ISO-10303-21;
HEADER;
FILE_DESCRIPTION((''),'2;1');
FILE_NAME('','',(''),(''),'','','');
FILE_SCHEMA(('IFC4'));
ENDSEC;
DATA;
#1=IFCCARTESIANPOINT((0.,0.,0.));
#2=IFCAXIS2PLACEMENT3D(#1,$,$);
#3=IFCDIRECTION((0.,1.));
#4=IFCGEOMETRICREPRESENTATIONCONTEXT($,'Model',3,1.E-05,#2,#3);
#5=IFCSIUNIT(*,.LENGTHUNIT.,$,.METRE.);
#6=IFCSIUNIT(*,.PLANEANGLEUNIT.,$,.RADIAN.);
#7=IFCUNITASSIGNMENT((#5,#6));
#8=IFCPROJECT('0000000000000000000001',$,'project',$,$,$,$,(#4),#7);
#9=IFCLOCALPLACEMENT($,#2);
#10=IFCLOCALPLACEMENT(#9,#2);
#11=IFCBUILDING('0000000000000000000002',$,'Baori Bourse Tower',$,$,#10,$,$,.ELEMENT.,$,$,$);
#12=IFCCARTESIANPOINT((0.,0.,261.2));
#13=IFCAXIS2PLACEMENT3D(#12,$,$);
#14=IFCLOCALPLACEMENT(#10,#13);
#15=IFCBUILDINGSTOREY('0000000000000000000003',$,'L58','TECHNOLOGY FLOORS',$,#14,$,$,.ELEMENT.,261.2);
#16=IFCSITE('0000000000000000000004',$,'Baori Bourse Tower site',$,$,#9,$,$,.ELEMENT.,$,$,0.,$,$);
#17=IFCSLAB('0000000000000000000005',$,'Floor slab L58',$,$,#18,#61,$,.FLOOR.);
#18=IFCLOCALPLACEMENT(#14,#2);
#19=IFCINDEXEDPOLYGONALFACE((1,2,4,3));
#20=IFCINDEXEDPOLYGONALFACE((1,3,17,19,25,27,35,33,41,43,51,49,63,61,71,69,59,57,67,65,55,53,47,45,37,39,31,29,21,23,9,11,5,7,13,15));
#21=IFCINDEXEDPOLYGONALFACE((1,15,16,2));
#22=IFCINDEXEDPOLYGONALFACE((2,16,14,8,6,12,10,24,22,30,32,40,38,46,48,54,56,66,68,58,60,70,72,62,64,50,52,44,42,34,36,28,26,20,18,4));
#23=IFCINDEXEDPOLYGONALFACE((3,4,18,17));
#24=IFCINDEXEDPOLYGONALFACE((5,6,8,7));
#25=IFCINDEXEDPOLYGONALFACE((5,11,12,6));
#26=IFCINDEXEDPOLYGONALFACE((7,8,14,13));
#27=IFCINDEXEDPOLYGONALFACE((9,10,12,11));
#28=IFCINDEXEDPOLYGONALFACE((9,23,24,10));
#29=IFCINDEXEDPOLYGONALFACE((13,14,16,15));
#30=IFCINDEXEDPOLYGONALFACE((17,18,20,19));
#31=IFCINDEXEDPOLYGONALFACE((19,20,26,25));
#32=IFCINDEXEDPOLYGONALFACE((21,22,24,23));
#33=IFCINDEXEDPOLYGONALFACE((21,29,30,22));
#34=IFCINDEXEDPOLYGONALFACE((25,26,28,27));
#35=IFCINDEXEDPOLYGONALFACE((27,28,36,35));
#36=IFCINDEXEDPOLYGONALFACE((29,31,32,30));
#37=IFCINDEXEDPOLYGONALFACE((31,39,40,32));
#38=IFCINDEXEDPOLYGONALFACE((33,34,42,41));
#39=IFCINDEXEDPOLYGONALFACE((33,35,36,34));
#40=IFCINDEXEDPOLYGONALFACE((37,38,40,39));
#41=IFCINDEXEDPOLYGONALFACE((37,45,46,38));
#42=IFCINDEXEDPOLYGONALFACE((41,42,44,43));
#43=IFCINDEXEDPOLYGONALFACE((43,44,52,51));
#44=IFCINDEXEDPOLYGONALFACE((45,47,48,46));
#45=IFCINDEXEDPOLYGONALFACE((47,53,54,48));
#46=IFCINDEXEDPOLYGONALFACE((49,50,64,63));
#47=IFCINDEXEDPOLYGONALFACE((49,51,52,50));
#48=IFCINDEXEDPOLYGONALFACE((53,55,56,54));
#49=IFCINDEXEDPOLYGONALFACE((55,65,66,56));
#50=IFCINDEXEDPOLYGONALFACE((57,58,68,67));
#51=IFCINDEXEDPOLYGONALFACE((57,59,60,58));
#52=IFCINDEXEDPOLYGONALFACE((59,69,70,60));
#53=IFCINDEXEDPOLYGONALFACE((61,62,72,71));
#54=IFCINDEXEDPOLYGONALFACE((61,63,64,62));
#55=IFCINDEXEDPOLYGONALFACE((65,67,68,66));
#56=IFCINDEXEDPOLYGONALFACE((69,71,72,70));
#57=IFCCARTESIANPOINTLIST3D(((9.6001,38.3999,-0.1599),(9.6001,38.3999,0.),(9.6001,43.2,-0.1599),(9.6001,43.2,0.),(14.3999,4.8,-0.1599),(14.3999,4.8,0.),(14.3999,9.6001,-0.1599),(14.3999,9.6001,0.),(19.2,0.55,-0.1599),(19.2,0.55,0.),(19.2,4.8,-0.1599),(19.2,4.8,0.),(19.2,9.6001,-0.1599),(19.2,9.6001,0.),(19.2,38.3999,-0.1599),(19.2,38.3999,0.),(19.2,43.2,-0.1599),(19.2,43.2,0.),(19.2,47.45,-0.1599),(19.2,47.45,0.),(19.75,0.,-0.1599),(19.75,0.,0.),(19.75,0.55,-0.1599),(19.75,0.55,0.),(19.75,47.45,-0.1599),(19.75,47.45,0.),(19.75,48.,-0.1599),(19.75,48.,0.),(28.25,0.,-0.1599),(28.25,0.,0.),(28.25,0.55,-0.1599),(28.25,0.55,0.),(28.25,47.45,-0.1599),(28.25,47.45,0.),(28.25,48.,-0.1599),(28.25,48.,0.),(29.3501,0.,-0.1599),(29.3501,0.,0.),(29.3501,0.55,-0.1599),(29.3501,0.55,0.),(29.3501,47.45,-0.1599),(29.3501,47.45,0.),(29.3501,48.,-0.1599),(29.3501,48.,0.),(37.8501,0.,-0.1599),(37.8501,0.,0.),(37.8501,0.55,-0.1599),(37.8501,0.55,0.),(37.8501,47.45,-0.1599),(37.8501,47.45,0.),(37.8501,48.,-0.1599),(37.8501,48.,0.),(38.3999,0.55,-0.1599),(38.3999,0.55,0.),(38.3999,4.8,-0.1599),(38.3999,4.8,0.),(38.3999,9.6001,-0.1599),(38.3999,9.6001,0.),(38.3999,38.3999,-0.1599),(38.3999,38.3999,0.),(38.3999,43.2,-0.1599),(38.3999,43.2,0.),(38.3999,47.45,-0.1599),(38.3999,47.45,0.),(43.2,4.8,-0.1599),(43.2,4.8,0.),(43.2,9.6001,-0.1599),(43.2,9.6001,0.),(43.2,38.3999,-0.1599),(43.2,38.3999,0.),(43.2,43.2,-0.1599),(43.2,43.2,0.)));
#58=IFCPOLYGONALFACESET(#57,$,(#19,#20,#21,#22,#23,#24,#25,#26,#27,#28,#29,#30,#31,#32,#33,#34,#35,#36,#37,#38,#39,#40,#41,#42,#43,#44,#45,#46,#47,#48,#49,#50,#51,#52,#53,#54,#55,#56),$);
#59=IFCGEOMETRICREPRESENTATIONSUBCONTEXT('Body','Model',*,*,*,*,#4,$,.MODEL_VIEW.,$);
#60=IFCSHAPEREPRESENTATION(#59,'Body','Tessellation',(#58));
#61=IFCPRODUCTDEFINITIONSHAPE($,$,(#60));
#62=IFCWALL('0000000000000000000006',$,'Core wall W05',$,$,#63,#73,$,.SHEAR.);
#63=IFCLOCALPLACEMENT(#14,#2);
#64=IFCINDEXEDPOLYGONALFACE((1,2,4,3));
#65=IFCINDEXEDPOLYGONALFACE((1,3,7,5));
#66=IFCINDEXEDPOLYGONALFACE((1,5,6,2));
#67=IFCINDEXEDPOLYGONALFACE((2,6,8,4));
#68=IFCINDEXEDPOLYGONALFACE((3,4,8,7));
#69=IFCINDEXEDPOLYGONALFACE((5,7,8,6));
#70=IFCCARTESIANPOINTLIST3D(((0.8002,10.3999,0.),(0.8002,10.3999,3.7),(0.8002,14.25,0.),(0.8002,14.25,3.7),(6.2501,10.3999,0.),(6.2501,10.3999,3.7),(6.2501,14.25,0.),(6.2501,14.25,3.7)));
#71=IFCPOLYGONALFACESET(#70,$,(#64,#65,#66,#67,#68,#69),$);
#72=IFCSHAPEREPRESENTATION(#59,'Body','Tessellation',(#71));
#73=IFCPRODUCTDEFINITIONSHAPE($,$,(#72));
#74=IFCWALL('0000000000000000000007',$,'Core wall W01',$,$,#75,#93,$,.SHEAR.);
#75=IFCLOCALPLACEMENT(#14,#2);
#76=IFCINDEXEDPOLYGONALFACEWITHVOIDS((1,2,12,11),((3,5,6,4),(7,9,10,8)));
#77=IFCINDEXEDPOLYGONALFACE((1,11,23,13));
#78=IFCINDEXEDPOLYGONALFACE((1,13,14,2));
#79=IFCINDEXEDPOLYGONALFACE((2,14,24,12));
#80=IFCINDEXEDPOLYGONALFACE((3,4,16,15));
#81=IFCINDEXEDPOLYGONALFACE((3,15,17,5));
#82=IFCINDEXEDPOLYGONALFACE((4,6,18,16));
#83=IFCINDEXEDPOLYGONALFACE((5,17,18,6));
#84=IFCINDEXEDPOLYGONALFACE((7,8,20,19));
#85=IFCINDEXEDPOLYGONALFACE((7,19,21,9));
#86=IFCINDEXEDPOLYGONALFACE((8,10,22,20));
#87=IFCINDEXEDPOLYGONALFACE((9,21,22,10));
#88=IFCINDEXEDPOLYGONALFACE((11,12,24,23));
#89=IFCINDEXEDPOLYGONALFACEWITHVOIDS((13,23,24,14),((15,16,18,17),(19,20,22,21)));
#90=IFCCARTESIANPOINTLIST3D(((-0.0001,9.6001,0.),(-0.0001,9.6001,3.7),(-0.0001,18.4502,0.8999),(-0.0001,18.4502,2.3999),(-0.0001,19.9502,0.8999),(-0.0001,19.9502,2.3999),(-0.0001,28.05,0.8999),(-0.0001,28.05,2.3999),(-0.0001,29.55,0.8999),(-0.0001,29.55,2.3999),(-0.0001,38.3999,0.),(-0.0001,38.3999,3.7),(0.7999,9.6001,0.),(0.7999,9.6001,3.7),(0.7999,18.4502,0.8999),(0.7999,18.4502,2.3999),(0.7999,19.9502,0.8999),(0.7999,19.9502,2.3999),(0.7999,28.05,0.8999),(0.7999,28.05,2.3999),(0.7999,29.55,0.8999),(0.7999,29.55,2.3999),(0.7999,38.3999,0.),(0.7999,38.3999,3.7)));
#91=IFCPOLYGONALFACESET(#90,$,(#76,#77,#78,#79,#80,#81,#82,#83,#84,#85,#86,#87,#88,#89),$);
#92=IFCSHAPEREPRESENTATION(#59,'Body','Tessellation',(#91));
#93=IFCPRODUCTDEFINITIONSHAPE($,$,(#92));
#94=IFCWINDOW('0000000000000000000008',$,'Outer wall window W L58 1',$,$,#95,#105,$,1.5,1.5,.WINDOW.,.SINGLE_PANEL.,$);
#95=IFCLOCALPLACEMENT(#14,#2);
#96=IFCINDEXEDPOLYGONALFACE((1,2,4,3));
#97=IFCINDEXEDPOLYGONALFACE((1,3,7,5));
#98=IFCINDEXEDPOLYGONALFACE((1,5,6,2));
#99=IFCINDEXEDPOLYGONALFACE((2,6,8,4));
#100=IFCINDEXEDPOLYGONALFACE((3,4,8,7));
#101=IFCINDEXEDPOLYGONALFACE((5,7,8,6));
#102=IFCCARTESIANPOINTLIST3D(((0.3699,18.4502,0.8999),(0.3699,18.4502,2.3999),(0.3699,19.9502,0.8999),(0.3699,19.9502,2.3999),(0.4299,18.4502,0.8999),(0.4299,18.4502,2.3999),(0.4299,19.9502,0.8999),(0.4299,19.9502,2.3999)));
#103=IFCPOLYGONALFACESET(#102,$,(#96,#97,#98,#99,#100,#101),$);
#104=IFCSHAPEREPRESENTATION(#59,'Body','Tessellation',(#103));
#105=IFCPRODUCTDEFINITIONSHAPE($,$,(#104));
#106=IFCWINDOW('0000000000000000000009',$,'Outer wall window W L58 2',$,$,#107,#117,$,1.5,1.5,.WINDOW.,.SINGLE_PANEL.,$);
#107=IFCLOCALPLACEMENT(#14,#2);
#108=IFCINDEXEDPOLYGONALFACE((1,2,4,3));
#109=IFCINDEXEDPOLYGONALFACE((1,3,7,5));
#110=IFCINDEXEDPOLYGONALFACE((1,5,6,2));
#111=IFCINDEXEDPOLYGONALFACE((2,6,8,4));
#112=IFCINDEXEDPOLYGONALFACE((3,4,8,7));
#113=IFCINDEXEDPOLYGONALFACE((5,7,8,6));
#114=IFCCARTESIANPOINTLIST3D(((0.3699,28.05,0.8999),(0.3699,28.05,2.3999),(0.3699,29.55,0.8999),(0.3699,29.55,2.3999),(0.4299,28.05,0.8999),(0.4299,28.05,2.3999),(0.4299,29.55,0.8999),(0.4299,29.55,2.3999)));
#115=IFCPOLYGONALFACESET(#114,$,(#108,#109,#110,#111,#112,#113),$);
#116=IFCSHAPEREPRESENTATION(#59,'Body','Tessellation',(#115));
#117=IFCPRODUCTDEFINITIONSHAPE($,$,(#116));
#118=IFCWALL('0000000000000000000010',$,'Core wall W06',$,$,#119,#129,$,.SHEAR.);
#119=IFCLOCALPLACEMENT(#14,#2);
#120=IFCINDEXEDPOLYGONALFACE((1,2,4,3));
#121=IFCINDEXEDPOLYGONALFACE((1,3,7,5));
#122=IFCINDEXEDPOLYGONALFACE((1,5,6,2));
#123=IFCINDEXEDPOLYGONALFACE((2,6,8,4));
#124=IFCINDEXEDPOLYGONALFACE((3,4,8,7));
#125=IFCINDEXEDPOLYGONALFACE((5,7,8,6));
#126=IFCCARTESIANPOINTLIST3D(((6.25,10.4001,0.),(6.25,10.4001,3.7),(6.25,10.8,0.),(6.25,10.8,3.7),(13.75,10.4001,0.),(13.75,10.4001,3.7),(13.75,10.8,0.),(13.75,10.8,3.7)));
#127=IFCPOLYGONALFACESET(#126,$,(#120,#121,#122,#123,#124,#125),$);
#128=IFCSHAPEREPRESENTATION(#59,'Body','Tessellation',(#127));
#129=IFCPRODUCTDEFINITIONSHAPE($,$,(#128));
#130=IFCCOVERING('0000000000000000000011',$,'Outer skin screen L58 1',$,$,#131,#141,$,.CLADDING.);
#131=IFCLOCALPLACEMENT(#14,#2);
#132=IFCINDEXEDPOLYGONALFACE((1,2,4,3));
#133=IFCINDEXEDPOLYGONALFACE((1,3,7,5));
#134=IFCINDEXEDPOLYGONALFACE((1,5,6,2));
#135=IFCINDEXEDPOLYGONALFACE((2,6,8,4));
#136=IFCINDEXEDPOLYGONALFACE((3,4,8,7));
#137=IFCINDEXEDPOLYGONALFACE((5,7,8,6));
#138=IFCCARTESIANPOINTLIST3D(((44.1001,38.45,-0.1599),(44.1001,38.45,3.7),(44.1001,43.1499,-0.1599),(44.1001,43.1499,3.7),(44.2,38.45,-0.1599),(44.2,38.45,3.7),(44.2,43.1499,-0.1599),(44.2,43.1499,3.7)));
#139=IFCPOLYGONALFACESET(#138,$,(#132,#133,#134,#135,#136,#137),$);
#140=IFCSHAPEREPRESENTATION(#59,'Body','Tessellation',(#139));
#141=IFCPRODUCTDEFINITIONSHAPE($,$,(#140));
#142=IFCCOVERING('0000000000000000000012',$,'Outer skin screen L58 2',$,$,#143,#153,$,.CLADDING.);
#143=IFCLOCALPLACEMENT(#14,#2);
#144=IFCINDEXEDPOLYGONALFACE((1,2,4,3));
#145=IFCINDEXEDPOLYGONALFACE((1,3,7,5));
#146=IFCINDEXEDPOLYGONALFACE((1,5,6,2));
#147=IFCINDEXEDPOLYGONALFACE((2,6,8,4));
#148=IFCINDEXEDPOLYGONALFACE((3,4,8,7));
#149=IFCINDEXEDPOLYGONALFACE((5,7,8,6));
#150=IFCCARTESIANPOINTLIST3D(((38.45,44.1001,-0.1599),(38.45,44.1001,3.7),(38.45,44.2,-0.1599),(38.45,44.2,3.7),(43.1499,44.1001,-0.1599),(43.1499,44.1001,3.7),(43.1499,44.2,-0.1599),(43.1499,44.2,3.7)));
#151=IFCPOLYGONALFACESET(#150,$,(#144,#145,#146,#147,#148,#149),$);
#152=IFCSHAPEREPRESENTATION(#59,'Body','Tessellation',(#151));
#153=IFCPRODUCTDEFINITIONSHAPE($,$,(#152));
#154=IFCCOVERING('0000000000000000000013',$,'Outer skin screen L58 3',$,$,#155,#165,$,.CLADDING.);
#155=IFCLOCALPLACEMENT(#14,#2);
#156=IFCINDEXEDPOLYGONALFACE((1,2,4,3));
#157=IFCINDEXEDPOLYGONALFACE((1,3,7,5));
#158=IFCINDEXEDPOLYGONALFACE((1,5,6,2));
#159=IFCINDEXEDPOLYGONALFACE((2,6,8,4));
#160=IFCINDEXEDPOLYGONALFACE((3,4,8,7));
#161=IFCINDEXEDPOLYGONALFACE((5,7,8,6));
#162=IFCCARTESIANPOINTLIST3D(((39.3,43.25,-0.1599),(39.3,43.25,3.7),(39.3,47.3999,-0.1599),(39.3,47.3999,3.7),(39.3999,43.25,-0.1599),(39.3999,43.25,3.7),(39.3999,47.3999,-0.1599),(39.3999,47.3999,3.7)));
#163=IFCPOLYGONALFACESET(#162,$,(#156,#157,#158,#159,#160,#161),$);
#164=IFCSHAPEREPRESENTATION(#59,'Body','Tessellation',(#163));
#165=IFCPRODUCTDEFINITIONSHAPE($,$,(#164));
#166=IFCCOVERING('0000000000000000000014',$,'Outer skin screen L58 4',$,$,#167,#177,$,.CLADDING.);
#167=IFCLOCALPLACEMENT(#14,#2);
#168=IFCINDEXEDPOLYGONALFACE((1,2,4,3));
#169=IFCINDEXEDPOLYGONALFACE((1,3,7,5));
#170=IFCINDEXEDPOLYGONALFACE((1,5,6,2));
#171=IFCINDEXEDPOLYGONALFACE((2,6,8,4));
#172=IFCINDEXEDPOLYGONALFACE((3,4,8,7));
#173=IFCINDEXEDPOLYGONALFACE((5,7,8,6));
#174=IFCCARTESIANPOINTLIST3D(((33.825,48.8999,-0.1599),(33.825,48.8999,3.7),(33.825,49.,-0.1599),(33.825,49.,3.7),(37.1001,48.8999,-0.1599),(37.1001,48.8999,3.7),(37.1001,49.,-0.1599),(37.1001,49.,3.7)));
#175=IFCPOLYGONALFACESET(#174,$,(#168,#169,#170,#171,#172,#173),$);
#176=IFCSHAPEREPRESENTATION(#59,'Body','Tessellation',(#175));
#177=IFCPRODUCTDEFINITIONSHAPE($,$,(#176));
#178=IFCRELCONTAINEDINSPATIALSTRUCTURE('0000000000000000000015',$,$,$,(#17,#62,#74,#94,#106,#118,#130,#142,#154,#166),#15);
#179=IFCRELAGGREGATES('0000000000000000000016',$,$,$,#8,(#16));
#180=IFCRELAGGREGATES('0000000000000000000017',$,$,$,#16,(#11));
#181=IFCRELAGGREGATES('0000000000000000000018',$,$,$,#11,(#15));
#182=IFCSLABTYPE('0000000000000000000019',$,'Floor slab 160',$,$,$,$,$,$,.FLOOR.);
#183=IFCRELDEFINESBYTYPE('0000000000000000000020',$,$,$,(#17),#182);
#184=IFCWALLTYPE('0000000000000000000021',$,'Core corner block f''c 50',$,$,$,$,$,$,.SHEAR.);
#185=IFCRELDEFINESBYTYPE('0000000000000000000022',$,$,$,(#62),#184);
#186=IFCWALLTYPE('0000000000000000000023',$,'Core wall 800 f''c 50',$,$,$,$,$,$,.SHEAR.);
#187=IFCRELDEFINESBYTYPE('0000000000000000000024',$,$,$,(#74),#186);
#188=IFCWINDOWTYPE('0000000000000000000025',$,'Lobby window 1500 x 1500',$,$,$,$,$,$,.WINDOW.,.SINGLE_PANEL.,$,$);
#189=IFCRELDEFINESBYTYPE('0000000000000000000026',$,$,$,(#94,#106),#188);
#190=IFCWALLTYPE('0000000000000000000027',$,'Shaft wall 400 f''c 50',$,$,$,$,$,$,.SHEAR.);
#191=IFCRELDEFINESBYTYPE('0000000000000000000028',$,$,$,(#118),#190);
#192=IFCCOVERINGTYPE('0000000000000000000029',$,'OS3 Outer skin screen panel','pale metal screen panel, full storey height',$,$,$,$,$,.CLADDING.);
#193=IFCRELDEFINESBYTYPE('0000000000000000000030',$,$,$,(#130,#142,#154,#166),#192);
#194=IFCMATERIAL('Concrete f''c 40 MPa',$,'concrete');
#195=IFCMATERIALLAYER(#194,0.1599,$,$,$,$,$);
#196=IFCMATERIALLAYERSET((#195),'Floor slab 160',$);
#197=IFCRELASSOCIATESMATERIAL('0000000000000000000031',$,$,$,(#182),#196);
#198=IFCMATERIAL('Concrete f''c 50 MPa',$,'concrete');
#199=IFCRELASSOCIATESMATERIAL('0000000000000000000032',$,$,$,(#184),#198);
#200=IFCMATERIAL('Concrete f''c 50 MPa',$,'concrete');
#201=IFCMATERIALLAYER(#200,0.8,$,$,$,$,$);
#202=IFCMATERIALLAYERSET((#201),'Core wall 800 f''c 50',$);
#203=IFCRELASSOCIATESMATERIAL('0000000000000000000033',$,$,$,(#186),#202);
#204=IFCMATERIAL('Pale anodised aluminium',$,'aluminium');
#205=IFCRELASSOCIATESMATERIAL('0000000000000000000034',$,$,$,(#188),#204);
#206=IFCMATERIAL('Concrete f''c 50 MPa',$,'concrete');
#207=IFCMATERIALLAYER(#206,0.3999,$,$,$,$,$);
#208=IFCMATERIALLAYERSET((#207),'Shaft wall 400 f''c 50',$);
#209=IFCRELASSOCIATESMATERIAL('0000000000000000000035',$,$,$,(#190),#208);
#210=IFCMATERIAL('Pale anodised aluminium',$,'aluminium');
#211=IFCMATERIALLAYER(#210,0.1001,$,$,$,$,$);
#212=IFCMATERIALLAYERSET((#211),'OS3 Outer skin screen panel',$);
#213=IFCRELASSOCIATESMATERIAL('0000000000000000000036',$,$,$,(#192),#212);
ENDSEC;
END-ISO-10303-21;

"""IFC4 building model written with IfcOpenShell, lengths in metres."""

from ifc_helpers import new_model, si_unit, direction, frame, frame_2d, origin, place, context, subcontext, project, spatial, polyline, rectangle, outline, extrude, material, layer, layer_set, type_object, element, fill, save


model = new_model("IFC4")

# Units and contexts
model_context = context("Model", 3, precision=1e-05, world=origin(), true_north=direction((0.0, 1.0)))
body_context = subcontext(model_context, "Body", "Model", "MODEL_VIEW")
ifc_project = project(units=[si_unit("LENGTHUNIT", "METRE"), si_unit("PLANEANGLEUNIT", "RADIAN")], contexts=[model_context])

# Site, building, storey
site_placement = place(None, origin())
site = spatial("IfcSite", under=ifc_project, at=site_placement, Name="Baori Bourse Tower site", CompositionType="ELEMENT", RefElevation=0.0)
building_placement = place(site_placement, origin())
building = spatial("IfcBuilding", under=site, at=building_placement, Name="Baori Bourse Tower", CompositionType="ELEMENT")
storey_placement = place(building_placement, frame((0.0, 0.0, 261.2)))
storey = spatial("IfcBuildingStorey", under=building, at=storey_placement, Name="L58", Description="TECHNOLOGY FLOORS", CompositionType="ELEMENT", Elevation=261.2)

# Slab
ifc_material_1 = material(Name="Concrete f'c 40 MPa", Category="concrete")
ifc_layer_1 = layer(ifc_material_1, 0.1599)
ifc_layer_set_1 = layer_set([ifc_layer_1], Name="Floor slab 160")
slab_type_1 = type_object("IfcSlabType", Name="Floor slab 160", PredefinedType="FLOOR", material=ifc_layer_set_1)
slab_1_placement = place(storey_placement, frame((0.0, 0.0, -0.1599)))
element("IfcSlab", 1, at=slab_1_placement, inside=storey, type_object=slab_type_1, Name="Floor slab L58", PredefinedType="FLOOR", context=body_context, shape_type="SweptSolid", body=[
    extrude(outline(polyline([(19.2, 4.8), (14.3999, 4.8), (14.3999, 9.6001), (19.2, 9.6001), (19.2, 38.3999), (9.6001, 38.3999), (9.6001, 43.2), (19.2, 43.2), (19.2, 47.45), (19.75, 47.45), (19.75, 48.0), (28.25, 48.0), (28.25, 47.45), (29.3501, 47.45), (29.3501, 48.0), (37.8501, 48.0), (37.8501, 47.45), (38.3999, 47.45), (38.3999, 43.2), (43.2, 43.2), (43.2, 38.3999), (38.3999, 38.3999), (38.3999, 9.6001), (43.2, 9.6001), (43.2, 4.8), (38.3999, 4.8), (38.3999, 0.55), (37.8501, 0.55), (37.8501, 0.0), (29.3501, 0.0), (29.3501, 0.55), (28.25, 0.55), (28.25, 0.0), (19.75, 0.0), (19.75, 0.55), (19.2, 0.55), (19.2, 4.8)])), origin(), (0.0, 0.0, 1.0), 0.1599),
])

# Wall
ifc_material_2 = material(Name="Concrete f'c 50 MPa", Category="concrete")
wall_type_1 = type_object("IfcWallType", Name="Core corner block f'c 50", PredefinedType="SHEAR", material=ifc_material_2)
wall_1_placement = place(storey_placement, frame((0.8, 12.325, 0.0), z_axis=(0.0, 0.0, 1.0), x_axis=(1.0, 0.0, 0.0)))
element("IfcWall", 2, at=wall_1_placement, inside=storey, type_object=wall_type_1, Name="Core wall W05", PredefinedType="SHEAR", context=body_context, shape_type="SweptSolid", body=[
    extrude(rectangle(XDim=5.45, YDim=3.8501, at=frame_2d((2.7251, 0.0))), origin(), (0.0, 0.0, 1.0), 3.7),
])

# Wall, openings, windows
ifc_material_3 = material(Name="Concrete f'c 50 MPa", Category="concrete")
ifc_layer_2 = layer(ifc_material_3, 0.8)
ifc_layer_set_2 = layer_set([ifc_layer_2], Name="Core wall 800 f'c 50")
wall_type_2 = type_object("IfcWallType", Name="Core wall 800 f'c 50", PredefinedType="SHEAR", material=ifc_layer_set_2)
wall_2_placement = place(storey_placement, frame((0.3999, 9.6001, 0.0), z_axis=(0.0, 0.0, 1.0), x_axis=(0.0, 1.0, 0.0)))
wall_2 = element("IfcWall", 3, at=wall_2_placement, inside=storey, type_object=wall_type_2, Name="Core wall W01", PredefinedType="SHEAR", context=body_context, shape_type="SweptSolid", body=[
    extrude(rectangle(XDim=28.7998, YDim=0.8, at=frame_2d((14.3999, 0.0))), origin(), (0.0, 0.0, 1.0), 3.7),
])
opening_1_placement = place(wall_2_placement, frame((8.8501, 0.0, 0.8999)))
opening_1 = element("IfcOpeningElement", 4, at=opening_1_placement, cuts=wall_2, PredefinedType="OPENING", context=body_context, shape_type="SweptSolid", body=[
    extrude(rectangle(XDim=1.5, YDim=1.5, at=frame_2d((0.75, 0.75))), frame((0.0, 0.4099, 0.0), z_axis=(0.0, -1.0, 0.0), x_axis=(1.0, 0.0, 0.0)), (0.0, 0.0, 1.0), 0.8201),
])
opening_2_placement = place(wall_2_placement, frame((18.45, 0.0, 0.8999)))
opening_2 = element("IfcOpeningElement", 5, at=opening_2_placement, cuts=wall_2, PredefinedType="OPENING", context=body_context, shape_type="SweptSolid", body=[
    extrude(rectangle(XDim=1.5, YDim=1.5, at=frame_2d((0.75, 0.75))), frame((0.0, 0.4099, 0.0), z_axis=(0.0, -1.0, 0.0), x_axis=(1.0, 0.0, 0.0)), (0.0, 0.0, 1.0), 0.8201),
])
ifc_material_4 = material(Name="Pale anodised aluminium", Category="aluminium")
window_type = type_object("IfcWindowType", Name="Lobby window 1500 x 1500", PartitioningType="SINGLE_PANEL", PredefinedType="WINDOW", material=ifc_material_4)
window_1_placement = place(opening_1_placement, origin())
window_1 = element("IfcWindow", 6, at=window_1_placement, inside=storey, type_object=window_type, Name="Outer wall window W L58 1", OverallHeight=1.5, OverallWidth=1.5, PartitioningType="SINGLE_PANEL", PredefinedType="WINDOW", context=body_context, shape_type="SweptSolid", body=[
    extrude(rectangle(XDim=1.5, YDim=1.5, at=frame_2d((0.75, 0.75))), frame((0.0, 0.03, 0.0), z_axis=(0.0, -1.0, 0.0), x_axis=(1.0, 0.0, 0.0)), (0.0, 0.0, 1.0), 0.0601),
])
fill(opening_1, window_1)
window_2_placement = place(opening_2_placement, origin())
window_2 = element("IfcWindow", 7, at=window_2_placement, inside=storey, type_object=window_type, Name="Outer wall window W L58 2", OverallHeight=1.5, OverallWidth=1.5, PartitioningType="SINGLE_PANEL", PredefinedType="WINDOW", context=body_context, shape_type="SweptSolid", body=[
    extrude(rectangle(XDim=1.5, YDim=1.5, at=frame_2d((0.75, 0.75))), frame((0.0, 0.03, 0.0), z_axis=(0.0, -1.0, 0.0), x_axis=(1.0, 0.0, 0.0)), (0.0, 0.0, 1.0), 0.0601),
])
fill(opening_2, window_2)

# Wall
ifc_material_5 = material(Name="Concrete f'c 50 MPa", Category="concrete")
ifc_layer_3 = layer(ifc_material_5, 0.3999)
ifc_layer_set_3 = layer_set([ifc_layer_3], Name="Shaft wall 400 f'c 50")
wall_type_3 = type_object("IfcWallType", Name="Shaft wall 400 f'c 50", PredefinedType="SHEAR", material=ifc_layer_set_3)
wall_3_placement = place(storey_placement, frame((6.25, 10.6001, 0.0), z_axis=(0.0, 0.0, 1.0), x_axis=(1.0, 0.0, 0.0)))
element("IfcWall", 8, at=wall_3_placement, inside=storey, type_object=wall_type_3, Name="Core wall W06", PredefinedType="SHEAR", context=body_context, shape_type="SweptSolid", body=[
    extrude(rectangle(XDim=7.5, YDim=0.3999, at=frame_2d((3.75, 0.0))), origin(), (0.0, 0.0, 1.0), 3.7),
])

# Coverings
ifc_material_6 = material(Name="Pale anodised aluminium", Category="aluminium")
ifc_layer_4 = layer(ifc_material_6, 0.1001)
ifc_layer_set_4 = layer_set([ifc_layer_4], Name="OS3 Outer skin screen panel")
covering_type = type_object("IfcCoveringType", Name="OS3 Outer skin screen panel", Description="pale metal screen panel, full storey height", PredefinedType="CLADDING", material=ifc_layer_set_4)
covering_1_placement = place(storey_placement, frame((0.0, 0.0, -0.1599)))
element("IfcCovering", 9, at=covering_1_placement, inside=storey, type_object=covering_type, Name="Outer skin screen L58 1", PredefinedType="CLADDING", context=body_context, shape_type="SweptSolid", body=[
    extrude(outline(polyline([(44.1001, 43.1499), (44.1001, 38.45), (44.2, 38.45), (44.2, 43.1499), (44.1001, 43.1499)])), origin(), (0.0, 0.0, 1.0), 3.8599),
])
covering_2_placement = place(storey_placement, frame((0.0, 0.0, -0.1599)))
element("IfcCovering", 10, at=covering_2_placement, inside=storey, type_object=covering_type, Name="Outer skin screen L58 2", PredefinedType="CLADDING", context=body_context, shape_type="SweptSolid", body=[
    extrude(outline(polyline([(38.45, 44.1001), (43.1499, 44.1001), (43.1499, 44.2), (38.45, 44.2), (38.45, 44.1001)])), origin(), (0.0, 0.0, 1.0), 3.8599),
])
covering_3_placement = place(storey_placement, frame((0.0, 0.0, -0.1599)))
element("IfcCovering", 11, at=covering_3_placement, inside=storey, type_object=covering_type, Name="Outer skin screen L58 3", PredefinedType="CLADDING", context=body_context, shape_type="SweptSolid", body=[
    extrude(outline(polyline([(39.3, 47.3999), (39.3, 43.25), (39.3999, 43.25), (39.3999, 47.3999), (39.3, 47.3999)])), origin(), (0.0, 0.0, 1.0), 3.8599),
])
covering_4_placement = place(storey_placement, frame((0.0, 0.0, -0.1599)))
element("IfcCovering", 12, at=covering_4_placement, inside=storey, type_object=covering_type, Name="Outer skin screen L58 4", PredefinedType="CLADDING", context=body_context, shape_type="SweptSolid", body=[
    extrude(outline(polyline([(33.825, 48.8999), (37.1001, 48.8999), (37.1001, 49.0), (33.825, 49.0), (33.825, 48.8999)])), origin(), (0.0, 0.0, 1.0), 3.8599),
])

save(model, "model.ifc")
